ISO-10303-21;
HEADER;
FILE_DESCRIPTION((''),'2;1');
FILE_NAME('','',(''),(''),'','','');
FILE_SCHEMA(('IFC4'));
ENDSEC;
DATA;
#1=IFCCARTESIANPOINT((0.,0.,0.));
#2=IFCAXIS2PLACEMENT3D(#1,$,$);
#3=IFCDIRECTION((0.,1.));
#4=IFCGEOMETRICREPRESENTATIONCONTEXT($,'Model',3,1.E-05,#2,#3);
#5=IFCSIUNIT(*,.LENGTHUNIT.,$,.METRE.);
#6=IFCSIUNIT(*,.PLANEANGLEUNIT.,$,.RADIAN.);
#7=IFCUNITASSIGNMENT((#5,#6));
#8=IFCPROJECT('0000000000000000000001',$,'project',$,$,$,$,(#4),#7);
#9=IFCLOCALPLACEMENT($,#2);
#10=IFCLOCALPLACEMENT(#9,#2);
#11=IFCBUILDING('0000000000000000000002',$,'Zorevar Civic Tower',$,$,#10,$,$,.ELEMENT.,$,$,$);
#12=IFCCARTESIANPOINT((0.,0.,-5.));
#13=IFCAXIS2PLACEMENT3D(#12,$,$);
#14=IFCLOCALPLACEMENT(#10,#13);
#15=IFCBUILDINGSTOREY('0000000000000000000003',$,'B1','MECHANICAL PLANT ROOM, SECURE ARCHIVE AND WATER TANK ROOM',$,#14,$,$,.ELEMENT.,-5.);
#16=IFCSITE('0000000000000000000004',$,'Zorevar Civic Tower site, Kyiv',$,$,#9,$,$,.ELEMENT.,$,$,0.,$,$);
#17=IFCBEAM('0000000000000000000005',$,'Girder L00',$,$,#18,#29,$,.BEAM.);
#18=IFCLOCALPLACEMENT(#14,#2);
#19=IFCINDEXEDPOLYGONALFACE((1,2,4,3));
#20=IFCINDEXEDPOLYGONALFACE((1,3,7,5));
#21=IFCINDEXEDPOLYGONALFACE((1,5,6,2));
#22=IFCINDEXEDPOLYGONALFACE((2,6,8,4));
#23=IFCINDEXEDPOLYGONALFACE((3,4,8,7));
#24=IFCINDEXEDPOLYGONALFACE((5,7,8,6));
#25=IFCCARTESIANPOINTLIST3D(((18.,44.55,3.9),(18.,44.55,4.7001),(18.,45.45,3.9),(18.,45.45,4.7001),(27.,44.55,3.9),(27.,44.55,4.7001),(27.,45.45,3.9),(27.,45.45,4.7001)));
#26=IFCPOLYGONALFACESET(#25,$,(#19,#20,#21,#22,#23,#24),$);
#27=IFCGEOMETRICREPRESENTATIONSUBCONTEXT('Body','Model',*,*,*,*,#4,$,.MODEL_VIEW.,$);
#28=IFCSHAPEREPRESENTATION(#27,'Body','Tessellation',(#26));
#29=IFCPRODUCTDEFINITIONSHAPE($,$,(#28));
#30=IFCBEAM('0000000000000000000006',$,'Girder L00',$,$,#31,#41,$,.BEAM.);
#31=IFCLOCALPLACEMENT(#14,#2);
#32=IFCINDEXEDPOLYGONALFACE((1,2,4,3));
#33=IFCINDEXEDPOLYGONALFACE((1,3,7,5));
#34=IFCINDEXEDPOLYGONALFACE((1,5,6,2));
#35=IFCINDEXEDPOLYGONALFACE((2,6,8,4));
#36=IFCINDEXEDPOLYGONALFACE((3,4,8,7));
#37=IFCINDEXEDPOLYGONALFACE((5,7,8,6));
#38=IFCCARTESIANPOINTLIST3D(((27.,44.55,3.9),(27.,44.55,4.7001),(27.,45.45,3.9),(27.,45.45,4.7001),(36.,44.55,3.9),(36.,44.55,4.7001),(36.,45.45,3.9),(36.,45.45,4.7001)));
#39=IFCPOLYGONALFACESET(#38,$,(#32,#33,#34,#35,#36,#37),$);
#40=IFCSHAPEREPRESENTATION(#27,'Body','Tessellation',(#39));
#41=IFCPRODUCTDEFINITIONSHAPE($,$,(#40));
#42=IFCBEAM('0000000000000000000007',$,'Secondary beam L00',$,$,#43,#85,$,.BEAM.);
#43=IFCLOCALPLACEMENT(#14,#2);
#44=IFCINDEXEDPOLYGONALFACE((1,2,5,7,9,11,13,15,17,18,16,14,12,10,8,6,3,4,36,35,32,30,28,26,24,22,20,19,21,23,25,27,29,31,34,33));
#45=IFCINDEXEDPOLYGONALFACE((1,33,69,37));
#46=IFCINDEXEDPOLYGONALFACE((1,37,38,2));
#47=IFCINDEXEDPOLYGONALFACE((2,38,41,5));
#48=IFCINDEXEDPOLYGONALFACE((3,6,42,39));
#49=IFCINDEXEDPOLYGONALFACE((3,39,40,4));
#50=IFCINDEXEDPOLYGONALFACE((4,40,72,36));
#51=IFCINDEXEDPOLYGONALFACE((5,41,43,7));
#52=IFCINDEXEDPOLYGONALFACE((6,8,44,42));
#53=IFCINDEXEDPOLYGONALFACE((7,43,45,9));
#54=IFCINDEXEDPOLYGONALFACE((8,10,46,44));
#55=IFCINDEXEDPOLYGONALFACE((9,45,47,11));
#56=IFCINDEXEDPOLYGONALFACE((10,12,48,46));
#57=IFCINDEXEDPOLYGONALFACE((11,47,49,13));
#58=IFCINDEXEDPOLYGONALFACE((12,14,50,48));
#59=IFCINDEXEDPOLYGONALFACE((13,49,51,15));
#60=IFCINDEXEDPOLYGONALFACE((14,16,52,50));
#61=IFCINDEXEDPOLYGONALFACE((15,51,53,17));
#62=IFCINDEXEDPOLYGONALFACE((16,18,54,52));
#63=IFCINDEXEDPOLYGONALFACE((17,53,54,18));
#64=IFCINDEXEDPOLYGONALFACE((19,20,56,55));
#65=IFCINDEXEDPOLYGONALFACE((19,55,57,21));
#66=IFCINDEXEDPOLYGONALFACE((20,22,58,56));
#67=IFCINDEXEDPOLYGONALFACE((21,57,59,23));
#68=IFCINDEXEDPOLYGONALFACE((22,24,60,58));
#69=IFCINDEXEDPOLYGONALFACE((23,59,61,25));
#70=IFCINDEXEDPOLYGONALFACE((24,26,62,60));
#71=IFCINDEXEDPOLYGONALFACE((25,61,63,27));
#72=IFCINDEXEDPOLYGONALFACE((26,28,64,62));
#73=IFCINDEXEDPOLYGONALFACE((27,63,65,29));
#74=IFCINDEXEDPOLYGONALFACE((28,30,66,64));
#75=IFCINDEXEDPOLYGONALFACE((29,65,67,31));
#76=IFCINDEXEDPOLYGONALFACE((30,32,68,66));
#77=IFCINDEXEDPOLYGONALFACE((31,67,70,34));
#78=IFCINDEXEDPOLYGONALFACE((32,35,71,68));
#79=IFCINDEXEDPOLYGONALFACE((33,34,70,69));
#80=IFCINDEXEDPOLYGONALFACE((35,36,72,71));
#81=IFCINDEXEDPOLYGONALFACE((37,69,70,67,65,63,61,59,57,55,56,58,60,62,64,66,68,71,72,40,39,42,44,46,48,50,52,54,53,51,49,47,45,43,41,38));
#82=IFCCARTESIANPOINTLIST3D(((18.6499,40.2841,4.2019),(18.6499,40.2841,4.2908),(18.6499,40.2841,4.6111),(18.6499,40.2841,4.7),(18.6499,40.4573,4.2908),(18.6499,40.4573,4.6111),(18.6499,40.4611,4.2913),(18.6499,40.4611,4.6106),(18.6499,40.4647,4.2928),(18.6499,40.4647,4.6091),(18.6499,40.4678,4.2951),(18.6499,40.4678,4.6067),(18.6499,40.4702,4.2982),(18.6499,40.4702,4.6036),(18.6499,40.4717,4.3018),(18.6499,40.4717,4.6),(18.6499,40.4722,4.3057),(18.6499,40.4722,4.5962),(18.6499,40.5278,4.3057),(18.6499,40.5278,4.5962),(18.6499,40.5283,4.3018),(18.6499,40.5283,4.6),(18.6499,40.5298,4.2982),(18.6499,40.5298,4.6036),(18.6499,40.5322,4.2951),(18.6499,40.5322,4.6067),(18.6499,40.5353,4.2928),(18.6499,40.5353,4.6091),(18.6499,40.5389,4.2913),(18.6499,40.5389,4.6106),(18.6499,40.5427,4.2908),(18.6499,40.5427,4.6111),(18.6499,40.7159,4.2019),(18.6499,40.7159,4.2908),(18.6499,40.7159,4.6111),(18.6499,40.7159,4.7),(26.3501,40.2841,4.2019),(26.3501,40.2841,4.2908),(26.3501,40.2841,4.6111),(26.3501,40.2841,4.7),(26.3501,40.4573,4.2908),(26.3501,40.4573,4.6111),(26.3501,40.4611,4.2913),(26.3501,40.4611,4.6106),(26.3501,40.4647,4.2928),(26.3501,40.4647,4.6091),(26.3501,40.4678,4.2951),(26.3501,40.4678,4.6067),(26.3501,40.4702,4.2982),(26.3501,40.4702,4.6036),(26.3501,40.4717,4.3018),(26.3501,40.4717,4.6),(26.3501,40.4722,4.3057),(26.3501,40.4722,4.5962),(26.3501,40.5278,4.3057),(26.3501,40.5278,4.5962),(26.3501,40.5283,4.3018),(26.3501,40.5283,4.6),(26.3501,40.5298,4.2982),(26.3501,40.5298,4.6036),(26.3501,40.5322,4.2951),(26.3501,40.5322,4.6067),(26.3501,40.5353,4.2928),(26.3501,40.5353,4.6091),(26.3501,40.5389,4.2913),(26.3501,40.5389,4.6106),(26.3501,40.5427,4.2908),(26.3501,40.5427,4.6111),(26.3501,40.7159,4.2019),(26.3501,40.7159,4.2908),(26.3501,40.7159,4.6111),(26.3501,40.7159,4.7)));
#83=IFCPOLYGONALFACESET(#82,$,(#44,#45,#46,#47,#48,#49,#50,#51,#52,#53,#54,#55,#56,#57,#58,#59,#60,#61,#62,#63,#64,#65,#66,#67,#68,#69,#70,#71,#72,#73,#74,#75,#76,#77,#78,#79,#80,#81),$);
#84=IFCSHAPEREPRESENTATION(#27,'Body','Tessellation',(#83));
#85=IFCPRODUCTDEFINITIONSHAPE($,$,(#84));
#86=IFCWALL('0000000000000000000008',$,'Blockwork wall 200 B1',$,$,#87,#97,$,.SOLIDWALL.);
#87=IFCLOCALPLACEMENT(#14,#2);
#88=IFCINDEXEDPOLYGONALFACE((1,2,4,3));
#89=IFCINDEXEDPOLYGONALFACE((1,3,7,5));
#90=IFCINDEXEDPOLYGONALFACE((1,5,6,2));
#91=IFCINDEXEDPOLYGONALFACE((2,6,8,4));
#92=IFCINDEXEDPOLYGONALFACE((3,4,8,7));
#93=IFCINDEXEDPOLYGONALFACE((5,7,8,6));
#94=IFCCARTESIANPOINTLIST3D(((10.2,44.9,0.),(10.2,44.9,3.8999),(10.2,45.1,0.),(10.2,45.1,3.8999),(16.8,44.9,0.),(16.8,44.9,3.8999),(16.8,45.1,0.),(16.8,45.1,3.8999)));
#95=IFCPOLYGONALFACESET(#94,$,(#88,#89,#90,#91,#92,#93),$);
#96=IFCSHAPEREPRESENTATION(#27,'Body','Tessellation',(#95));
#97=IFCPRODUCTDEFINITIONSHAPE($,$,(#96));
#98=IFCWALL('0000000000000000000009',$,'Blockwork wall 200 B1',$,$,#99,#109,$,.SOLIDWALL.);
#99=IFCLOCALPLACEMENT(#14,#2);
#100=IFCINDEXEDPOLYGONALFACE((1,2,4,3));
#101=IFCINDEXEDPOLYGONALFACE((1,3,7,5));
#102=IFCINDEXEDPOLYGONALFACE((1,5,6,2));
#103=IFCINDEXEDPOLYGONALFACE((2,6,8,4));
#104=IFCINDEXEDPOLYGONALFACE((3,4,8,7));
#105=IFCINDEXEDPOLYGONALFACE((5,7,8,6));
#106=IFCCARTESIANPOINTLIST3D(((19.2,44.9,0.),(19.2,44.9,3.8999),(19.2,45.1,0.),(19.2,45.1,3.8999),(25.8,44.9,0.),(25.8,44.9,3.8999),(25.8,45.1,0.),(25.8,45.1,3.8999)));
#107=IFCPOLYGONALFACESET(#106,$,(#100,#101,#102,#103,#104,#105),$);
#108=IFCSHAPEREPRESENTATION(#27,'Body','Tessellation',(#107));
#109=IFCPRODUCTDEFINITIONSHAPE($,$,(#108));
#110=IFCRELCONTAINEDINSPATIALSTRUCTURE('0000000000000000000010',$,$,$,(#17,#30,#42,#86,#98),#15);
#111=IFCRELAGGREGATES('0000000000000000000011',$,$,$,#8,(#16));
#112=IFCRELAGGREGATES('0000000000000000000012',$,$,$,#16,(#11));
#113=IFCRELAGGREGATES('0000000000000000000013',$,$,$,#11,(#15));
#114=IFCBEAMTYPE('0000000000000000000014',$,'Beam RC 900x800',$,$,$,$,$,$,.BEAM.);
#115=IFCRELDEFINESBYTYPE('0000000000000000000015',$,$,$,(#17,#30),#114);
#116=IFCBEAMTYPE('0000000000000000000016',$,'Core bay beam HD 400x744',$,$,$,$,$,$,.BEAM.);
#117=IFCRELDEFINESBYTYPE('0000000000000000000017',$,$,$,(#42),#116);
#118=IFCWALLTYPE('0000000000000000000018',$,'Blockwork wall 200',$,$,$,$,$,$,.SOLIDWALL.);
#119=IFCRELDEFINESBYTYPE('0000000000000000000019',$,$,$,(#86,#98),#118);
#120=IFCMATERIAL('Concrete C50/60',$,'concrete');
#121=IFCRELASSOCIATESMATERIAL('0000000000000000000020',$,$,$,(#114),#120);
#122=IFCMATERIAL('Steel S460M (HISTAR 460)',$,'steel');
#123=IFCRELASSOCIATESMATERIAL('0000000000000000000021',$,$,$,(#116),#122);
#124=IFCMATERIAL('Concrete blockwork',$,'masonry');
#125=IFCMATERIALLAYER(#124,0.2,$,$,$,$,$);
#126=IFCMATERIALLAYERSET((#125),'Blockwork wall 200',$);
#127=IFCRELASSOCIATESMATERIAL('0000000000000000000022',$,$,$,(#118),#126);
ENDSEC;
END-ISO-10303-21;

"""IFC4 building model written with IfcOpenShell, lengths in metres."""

from ifc_helpers import new_model, si_unit, direction, frame, frame_2d, origin, origin_2d, place, context, subcontext, project, spatial, rectangle, i_section, extrude, material, layer, layer_set, material_profile, profile_set, type_object, element, save


model = new_model("IFC4")

# Units and contexts
model_context = context("Model", 3, precision=1e-05, world=origin(), true_north=direction((0.0, 1.0)))
body_context = subcontext(model_context, "Body", "Model", "MODEL_VIEW")
ifc_project = project(units=[si_unit("LENGTHUNIT", "METRE"), si_unit("PLANEANGLEUNIT", "RADIAN")], contexts=[model_context])

# Site, building, storey
site_placement = place(None, origin())
site = spatial("IfcSite", under=ifc_project, at=site_placement, Name="Zorevar Civic Tower site, Kyiv", CompositionType="ELEMENT", RefElevation=0.0)
building_placement = place(site_placement, origin())
building = spatial("IfcBuilding", under=site, at=building_placement, Name="Zorevar Civic Tower", CompositionType="ELEMENT")
storey_placement = place(building_placement, frame((0.0, 0.0, -5.0)))
storey = spatial("IfcBuildingStorey", under=building, at=storey_placement, Name="B1", Description="MECHANICAL PLANT ROOM, SECURE ARCHIVE AND WATER TANK ROOM", CompositionType="ELEMENT", Elevation=-5.0)

# Beams
ifc_material_1 = material(Name="Concrete C50/60", Category="concrete")
ifc_material_profile_1 = material_profile(ifc_material_1, rectangle(XDim=0.8999, YDim=0.8, at=origin_2d()), Name="RC 900x800")
ifc_profile_set_1 = profile_set([ifc_material_profile_1], Name="Concrete C50/60")
beam_type_1 = type_object("IfcBeamType", Name="Beam RC 900x800", PredefinedType="BEAM", material=ifc_profile_set_1)
for number, where, z_axis, x_axis, name in (
    (1, (18.0, 45.0, 4.3), (1.0, 0.0, 0.0), (0.0, 1.0, 0.0), "Girder L00"),
    (2, (27.0, 45.0, 4.3), (1.0, 0.0, 0.0), (0.0, 1.0, 0.0), "Girder L00"),
):
    element("IfcBeam", number, at=place(storey_placement, frame(where, z_axis=z_axis, x_axis=x_axis)), inside=storey, type_object=beam_type_1, Name=name, PredefinedType="BEAM", context=body_context, shape_type="SweptSolid", body=[
        extrude(rectangle(XDim=0.8999, YDim=0.8, at=origin_2d()), origin(), (0.0, 0.0, 1.0), 9.0),
    ])
ifc_material_2 = material(Name="Steel S460M (HISTAR 460)", Category="steel")
ifc_material_profile_2 = material_profile(ifc_material_2, i_section(OverallWidth=0.4319, OverallDepth=0.498, WebThickness=0.0557, FlangeThickness=0.0889, FilletRadius=0.0149, at=origin_2d()), Name="HD 400x744")
ifc_profile_set_2 = profile_set([ifc_material_profile_2], Name="Steel S460M (HISTAR 460)")
beam_type_2 = type_object("IfcBeamType", Name="Core bay beam HD 400x744", PredefinedType="BEAM", material=ifc_profile_set_2)
beam_1_placement = place(storey_placement, frame((18.6499, 40.5, 4.4509), z_axis=(1.0, 0.0, 0.0), x_axis=(0.0, 1.0, 0.0)))
element("IfcBeam", 3, at=beam_1_placement, inside=storey, type_object=beam_type_2, Name="Secondary beam L00", PredefinedType="BEAM", context=body_context, shape_type="SweptSolid", body=[
    extrude(i_section(OverallWidth=0.4319, OverallDepth=0.498, WebThickness=0.0557, FlangeThickness=0.0889, FilletRadius=0.0149, at=origin_2d()), origin(), (0.0, 0.0, 1.0), 7.7002),
])

# Walls
ifc_material_3 = material(Name="Concrete blockwork", Category="masonry")
ifc_layer = layer(ifc_material_3, 0.2)
ifc_layer_set = layer_set([ifc_layer], Name="Blockwork wall 200")
wall_type = type_object("IfcWallType", Name="Blockwork wall 200", PredefinedType="SOLIDWALL", material=ifc_layer_set)
for number, where, z_axis, x_axis, name in (
    (4, (10.2, 45.0, 0.0), (0.0, 0.0, 1.0), (1.0, 0.0, 0.0), "Blockwork wall 200 B1"),
    (5, (19.2, 45.0, 0.0), (0.0, 0.0, 1.0), (1.0, 0.0, 0.0), "Blockwork wall 200 B1"),
):
    element("IfcWall", number, at=place(storey_placement, frame(where, z_axis=z_axis, x_axis=x_axis)), inside=storey, type_object=wall_type, Name=name, PredefinedType="SOLIDWALL", context=body_context, shape_type="SweptSolid", body=[
        extrude(rectangle(XDim=6.6001, YDim=0.2, at=frame_2d((3.3, 0.0))), origin(), (0.0, 0.0, 1.0), 3.8999),
    ])

save(model, "model.ifc")
